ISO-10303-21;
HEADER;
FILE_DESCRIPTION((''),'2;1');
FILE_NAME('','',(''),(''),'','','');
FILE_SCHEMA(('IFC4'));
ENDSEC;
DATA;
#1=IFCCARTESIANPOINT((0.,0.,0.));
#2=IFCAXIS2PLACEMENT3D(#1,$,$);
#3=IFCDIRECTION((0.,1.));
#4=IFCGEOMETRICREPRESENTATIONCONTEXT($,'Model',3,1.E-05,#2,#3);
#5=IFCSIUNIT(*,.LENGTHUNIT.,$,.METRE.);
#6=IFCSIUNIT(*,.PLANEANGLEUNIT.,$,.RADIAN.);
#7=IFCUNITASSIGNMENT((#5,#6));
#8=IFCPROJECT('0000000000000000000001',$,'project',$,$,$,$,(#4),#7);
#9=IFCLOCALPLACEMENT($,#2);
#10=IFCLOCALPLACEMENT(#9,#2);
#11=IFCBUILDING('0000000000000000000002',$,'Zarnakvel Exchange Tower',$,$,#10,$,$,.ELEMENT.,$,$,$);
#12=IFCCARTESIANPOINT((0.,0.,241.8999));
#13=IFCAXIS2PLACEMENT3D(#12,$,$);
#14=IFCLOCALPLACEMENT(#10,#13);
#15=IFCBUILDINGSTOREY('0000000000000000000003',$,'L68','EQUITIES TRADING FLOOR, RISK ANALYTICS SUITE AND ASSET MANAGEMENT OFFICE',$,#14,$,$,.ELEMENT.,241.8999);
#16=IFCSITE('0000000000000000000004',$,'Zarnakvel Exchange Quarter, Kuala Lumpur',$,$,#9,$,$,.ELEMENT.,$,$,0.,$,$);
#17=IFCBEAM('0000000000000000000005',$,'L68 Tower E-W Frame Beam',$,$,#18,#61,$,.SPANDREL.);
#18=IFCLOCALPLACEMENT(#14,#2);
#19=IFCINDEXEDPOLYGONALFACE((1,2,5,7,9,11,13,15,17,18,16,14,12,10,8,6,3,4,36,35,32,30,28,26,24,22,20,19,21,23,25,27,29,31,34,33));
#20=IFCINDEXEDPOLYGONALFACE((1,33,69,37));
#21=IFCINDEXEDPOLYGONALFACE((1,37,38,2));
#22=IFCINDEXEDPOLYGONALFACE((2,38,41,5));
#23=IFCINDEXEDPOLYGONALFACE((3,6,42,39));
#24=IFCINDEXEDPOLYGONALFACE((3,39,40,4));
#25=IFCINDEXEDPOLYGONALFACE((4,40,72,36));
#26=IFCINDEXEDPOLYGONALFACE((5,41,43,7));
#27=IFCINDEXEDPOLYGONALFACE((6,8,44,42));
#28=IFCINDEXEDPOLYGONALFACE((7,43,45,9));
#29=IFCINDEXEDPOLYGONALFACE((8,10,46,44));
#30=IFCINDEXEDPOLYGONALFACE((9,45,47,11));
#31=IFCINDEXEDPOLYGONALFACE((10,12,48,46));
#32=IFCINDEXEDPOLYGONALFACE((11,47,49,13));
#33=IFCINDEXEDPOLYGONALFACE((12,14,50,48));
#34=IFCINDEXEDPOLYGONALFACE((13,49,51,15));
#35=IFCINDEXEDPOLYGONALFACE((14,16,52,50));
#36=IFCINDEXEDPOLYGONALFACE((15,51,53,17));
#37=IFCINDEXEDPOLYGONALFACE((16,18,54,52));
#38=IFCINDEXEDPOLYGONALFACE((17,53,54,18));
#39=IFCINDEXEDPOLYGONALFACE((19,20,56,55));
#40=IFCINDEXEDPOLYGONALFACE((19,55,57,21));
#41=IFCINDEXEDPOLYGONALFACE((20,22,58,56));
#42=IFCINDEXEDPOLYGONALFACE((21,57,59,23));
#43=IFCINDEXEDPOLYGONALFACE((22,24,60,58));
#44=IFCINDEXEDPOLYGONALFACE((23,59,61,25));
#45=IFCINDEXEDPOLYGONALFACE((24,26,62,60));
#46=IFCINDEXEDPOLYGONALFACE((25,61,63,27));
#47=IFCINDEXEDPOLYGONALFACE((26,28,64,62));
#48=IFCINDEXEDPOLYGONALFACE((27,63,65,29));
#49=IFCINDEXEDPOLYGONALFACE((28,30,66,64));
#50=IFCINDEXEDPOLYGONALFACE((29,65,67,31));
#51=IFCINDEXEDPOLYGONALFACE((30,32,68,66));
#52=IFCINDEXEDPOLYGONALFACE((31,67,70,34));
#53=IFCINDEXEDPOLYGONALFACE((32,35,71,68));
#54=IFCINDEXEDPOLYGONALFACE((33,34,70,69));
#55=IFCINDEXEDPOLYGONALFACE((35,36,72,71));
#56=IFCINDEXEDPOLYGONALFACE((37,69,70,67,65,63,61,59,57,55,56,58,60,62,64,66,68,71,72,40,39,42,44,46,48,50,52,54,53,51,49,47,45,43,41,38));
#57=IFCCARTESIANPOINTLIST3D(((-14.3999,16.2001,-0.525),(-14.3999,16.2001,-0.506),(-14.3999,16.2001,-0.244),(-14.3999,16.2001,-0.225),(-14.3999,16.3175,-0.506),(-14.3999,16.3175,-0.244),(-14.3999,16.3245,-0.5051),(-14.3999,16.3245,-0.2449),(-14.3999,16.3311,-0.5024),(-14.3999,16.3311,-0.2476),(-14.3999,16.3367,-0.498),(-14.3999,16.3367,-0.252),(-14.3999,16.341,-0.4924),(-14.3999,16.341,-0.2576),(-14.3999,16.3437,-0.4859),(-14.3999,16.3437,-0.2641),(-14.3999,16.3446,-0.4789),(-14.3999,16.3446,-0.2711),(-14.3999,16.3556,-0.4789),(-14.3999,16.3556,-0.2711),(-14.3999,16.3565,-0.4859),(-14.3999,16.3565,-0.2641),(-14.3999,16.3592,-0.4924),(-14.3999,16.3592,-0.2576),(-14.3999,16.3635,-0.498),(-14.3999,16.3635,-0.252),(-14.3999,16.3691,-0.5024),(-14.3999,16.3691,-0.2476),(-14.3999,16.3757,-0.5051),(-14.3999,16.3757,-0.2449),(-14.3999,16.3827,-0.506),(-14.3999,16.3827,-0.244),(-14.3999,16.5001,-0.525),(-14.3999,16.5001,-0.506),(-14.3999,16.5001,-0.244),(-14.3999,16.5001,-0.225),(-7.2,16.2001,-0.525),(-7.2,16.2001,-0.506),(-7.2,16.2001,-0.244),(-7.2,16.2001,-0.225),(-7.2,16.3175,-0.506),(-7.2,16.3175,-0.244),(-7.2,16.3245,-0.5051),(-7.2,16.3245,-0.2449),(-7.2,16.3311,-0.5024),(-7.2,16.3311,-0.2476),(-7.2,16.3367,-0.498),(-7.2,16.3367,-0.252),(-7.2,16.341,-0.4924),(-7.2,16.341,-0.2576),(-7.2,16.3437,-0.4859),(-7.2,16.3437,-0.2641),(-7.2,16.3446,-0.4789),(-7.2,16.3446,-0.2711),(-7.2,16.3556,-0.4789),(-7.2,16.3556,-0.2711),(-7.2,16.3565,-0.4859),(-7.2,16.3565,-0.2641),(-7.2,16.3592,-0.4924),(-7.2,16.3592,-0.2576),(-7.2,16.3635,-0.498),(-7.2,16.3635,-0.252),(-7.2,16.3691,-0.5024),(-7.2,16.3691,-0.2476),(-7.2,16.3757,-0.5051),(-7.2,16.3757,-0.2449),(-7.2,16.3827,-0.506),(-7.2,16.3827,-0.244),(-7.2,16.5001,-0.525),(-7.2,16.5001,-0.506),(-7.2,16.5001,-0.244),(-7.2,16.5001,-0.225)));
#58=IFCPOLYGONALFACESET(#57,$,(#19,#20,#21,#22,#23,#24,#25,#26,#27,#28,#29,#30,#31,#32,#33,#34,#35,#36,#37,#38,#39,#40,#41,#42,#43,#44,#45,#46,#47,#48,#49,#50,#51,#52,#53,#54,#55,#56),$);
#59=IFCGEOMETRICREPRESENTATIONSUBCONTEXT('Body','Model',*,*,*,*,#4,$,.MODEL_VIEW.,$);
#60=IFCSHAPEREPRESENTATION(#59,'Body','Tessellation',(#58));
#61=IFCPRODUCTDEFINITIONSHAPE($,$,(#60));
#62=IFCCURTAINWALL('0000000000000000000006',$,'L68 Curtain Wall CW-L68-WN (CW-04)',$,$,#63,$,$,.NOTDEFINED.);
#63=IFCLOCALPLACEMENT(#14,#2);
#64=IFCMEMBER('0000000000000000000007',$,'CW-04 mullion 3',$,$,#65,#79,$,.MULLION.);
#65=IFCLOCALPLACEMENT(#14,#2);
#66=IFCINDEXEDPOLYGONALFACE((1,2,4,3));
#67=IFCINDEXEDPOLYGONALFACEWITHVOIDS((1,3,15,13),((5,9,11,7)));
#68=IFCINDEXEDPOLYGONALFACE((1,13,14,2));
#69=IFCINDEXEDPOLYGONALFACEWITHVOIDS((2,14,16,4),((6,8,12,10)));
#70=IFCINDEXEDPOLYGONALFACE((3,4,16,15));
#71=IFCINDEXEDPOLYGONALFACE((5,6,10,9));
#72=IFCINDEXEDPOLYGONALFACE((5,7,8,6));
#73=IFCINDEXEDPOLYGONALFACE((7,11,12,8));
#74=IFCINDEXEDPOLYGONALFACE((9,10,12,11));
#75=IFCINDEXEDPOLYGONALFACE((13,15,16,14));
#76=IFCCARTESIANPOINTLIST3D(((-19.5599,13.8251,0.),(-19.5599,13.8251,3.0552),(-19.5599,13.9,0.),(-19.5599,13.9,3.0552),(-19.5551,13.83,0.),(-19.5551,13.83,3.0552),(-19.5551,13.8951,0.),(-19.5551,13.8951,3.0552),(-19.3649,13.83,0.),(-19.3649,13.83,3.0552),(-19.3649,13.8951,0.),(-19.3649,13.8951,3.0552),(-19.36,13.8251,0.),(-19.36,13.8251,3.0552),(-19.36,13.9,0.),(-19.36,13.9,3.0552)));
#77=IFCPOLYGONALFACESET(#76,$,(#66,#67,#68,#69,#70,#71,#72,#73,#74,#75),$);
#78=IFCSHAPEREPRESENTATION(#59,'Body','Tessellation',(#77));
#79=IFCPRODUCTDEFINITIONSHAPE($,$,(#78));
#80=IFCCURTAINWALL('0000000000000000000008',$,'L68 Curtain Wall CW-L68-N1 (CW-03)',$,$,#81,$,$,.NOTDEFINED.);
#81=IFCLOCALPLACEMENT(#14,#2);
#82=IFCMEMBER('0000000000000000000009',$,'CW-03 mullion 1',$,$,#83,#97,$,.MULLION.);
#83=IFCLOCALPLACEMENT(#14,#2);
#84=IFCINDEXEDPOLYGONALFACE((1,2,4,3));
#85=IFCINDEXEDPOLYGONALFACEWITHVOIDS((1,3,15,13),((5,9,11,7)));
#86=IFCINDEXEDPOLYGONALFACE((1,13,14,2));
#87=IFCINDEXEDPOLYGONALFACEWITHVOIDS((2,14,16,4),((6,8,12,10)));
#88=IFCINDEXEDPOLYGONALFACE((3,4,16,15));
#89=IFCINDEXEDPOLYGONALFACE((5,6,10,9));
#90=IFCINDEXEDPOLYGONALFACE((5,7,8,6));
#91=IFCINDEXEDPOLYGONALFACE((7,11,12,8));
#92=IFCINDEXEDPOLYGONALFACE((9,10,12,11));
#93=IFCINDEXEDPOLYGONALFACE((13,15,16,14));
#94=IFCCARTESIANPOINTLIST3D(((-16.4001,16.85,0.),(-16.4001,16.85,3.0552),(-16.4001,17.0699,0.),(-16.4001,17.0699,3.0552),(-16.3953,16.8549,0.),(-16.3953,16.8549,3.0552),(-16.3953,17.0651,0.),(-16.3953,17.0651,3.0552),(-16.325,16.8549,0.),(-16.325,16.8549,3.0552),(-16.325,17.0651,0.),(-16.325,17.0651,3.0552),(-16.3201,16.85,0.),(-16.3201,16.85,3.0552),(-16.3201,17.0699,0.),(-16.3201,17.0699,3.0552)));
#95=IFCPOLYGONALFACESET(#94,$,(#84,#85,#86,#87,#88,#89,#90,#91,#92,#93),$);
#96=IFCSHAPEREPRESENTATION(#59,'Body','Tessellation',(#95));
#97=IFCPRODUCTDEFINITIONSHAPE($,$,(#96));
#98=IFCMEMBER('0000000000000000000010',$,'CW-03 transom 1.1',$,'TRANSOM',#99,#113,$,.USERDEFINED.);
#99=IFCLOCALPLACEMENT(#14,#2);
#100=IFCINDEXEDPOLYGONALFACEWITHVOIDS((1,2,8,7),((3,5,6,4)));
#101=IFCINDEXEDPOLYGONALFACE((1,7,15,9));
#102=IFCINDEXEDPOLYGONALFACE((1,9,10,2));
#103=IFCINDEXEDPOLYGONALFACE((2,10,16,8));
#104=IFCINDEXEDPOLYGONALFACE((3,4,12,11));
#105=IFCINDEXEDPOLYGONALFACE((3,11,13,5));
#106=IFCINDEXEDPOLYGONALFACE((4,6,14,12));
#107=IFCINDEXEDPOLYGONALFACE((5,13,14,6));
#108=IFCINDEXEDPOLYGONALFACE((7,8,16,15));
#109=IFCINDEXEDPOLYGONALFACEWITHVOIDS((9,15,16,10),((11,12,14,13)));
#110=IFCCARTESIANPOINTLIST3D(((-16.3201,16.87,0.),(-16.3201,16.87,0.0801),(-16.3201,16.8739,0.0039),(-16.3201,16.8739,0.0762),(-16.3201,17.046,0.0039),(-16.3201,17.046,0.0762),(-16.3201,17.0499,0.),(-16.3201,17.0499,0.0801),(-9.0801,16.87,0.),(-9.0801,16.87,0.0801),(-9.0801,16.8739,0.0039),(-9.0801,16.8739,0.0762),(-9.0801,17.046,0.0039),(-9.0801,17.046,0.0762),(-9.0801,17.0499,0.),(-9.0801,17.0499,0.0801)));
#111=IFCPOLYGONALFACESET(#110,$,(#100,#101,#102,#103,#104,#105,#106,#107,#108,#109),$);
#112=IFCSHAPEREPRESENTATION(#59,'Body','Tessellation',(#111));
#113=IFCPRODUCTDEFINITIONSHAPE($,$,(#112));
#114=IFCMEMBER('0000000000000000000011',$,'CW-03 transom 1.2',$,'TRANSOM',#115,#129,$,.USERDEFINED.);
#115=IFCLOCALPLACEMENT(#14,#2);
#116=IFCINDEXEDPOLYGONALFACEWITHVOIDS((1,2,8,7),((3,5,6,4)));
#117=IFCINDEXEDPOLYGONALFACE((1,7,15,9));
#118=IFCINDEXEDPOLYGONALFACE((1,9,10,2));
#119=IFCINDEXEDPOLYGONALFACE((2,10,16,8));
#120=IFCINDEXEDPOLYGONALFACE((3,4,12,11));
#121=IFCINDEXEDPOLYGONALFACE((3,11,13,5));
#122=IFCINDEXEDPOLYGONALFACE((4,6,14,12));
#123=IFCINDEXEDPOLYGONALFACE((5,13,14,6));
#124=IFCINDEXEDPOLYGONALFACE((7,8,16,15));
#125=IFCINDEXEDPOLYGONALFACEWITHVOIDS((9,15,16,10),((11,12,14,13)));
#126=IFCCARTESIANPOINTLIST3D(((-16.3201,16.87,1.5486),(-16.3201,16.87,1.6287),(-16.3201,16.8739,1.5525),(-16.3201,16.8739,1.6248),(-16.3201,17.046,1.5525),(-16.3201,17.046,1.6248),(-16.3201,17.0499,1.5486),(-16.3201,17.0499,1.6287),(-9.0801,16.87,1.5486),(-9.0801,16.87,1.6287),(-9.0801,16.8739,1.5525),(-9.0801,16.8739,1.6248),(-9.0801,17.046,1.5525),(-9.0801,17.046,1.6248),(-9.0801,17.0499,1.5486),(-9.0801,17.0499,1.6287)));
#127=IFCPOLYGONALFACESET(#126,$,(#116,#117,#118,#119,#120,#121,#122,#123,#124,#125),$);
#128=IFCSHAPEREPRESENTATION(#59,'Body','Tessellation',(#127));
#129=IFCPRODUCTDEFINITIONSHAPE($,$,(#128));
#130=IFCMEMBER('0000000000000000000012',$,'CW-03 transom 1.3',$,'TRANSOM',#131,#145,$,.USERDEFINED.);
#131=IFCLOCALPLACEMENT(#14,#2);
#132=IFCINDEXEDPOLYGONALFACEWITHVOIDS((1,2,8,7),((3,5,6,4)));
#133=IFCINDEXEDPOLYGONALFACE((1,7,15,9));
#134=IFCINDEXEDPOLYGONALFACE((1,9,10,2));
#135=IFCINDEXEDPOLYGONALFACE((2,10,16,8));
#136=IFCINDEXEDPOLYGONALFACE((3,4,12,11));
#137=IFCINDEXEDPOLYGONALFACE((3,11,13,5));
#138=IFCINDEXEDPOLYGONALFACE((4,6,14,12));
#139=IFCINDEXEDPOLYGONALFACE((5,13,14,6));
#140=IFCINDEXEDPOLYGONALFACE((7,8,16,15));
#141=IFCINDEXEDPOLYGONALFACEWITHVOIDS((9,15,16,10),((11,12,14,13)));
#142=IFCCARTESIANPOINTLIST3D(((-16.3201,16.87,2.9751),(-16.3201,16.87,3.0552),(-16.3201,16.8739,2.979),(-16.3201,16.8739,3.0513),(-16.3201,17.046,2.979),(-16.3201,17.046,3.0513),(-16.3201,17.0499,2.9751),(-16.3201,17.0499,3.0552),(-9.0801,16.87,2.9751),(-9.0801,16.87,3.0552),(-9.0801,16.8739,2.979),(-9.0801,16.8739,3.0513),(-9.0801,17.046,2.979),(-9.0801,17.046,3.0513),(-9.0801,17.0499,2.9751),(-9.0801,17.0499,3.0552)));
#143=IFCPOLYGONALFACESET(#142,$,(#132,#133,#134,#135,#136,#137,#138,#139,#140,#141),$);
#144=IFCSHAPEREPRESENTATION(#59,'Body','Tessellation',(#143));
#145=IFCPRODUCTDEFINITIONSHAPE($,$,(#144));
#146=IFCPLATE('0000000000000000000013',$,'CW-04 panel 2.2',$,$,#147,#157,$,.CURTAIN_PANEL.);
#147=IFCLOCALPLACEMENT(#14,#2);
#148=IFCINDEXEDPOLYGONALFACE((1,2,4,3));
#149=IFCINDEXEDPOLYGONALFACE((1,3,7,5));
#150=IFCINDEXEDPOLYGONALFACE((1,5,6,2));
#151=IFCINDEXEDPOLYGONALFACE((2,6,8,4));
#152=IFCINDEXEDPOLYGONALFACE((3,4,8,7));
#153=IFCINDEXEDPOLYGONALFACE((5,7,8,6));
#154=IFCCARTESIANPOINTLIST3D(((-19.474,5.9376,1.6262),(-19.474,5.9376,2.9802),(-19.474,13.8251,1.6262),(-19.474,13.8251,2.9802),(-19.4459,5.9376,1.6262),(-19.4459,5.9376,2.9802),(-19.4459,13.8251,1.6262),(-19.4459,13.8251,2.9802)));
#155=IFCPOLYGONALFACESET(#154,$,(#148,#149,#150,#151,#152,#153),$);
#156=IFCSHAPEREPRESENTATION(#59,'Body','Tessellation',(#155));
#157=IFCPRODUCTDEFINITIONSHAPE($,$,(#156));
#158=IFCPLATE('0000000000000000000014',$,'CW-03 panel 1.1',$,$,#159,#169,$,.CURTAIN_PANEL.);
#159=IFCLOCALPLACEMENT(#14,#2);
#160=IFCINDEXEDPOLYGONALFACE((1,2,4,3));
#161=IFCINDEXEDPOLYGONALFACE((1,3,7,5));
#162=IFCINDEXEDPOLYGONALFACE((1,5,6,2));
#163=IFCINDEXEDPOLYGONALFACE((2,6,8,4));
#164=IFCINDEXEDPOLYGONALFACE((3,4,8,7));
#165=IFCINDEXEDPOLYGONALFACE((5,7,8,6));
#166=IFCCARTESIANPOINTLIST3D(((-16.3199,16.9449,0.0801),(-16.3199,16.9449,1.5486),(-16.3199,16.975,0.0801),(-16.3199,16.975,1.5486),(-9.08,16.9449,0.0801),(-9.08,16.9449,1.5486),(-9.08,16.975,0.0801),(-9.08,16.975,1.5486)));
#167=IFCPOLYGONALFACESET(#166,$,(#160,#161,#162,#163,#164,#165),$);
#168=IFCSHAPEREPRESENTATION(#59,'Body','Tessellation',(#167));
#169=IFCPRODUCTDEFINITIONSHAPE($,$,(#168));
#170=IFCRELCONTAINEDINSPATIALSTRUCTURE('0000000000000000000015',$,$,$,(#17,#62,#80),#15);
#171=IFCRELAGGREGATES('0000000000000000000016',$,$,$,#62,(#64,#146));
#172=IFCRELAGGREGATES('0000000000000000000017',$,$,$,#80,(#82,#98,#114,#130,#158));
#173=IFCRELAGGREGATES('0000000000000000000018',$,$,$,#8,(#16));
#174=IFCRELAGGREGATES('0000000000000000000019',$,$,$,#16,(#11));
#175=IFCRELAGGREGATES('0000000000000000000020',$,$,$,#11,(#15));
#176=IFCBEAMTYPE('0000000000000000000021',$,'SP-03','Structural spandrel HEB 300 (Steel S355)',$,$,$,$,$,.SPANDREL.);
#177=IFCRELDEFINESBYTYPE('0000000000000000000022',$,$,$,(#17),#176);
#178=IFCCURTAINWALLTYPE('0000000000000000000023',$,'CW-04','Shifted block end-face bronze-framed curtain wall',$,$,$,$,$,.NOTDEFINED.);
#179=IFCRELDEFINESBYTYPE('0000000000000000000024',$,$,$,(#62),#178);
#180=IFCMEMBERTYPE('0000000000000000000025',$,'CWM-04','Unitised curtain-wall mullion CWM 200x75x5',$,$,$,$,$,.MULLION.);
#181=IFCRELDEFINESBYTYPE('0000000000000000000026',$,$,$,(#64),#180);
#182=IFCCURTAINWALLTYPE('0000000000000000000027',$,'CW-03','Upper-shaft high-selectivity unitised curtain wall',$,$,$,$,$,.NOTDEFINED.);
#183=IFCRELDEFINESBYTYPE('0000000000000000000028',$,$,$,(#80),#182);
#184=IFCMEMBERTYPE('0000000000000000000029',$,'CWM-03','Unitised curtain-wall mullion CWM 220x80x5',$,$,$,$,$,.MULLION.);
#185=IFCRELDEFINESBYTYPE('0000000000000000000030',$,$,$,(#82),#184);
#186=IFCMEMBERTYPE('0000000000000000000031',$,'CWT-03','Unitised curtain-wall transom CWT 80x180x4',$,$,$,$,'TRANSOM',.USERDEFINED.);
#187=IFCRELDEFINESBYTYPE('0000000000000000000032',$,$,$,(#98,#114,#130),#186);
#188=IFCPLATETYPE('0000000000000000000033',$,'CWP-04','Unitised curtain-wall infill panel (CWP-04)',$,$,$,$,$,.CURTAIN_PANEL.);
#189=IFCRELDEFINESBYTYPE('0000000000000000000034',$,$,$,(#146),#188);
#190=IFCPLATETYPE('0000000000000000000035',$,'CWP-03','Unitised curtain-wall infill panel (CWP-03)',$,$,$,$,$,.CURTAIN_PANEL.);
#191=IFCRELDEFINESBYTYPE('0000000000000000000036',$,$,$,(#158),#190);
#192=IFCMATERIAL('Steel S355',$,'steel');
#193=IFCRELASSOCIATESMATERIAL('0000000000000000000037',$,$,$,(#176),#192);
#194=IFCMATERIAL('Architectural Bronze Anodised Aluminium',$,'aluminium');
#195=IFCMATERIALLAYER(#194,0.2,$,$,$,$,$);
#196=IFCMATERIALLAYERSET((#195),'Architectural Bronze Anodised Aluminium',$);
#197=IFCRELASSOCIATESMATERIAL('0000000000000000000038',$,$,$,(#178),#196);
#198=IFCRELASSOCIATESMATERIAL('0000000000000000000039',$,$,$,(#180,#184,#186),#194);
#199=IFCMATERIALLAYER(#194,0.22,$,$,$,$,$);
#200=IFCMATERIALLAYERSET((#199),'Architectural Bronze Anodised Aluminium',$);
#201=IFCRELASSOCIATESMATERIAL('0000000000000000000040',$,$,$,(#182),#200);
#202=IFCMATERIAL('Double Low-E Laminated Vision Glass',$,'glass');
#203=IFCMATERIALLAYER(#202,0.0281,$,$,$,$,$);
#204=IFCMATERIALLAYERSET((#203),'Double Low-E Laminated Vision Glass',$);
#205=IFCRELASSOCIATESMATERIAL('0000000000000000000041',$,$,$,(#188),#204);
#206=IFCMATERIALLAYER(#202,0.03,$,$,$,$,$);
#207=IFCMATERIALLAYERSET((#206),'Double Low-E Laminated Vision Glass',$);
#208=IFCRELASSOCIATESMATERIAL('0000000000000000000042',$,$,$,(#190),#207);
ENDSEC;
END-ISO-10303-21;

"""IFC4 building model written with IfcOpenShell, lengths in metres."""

from ifc_helpers import new_model, si_unit, direction, frame, origin, origin_2d, place, context, subcontext, project, spatial, rectangle, hollow_rectangle, i_section, extrude, source, transform, mapped, material, layer, layer_set, material_profile, profile_set, type_object, element, aggregate, save


model = new_model("IFC4")

# Units and contexts
model_context = context("Model", 3, precision=1e-05, world=origin(), true_north=direction((0.0, 1.0)))
body_context = subcontext(model_context, "Body", "Model", "MODEL_VIEW")
ifc_project = project(units=[si_unit("LENGTHUNIT", "METRE"), si_unit("PLANEANGLEUNIT", "RADIAN")], contexts=[model_context])

# Site, building, storey
site_placement = place(None, origin())
site = spatial("IfcSite", under=ifc_project, at=site_placement, Name="Zarnakvel Exchange Quarter, Kuala Lumpur", CompositionType="ELEMENT", RefElevation=0.0)
building_placement = place(site_placement, origin())
building = spatial("IfcBuilding", under=site, at=building_placement, Name="Zarnakvel Exchange Tower", CompositionType="ELEMENT")
storey_placement = place(building_placement, frame((0.0, 0.0, 241.8999)))
storey = spatial("IfcBuildingStorey", under=building, at=storey_placement, Name="L68", Description="EQUITIES TRADING FLOOR, RISK ANALYTICS SUITE AND ASSET MANAGEMENT OFFICE", CompositionType="ELEMENT", Elevation=241.8999)

# Shared definitions
ifc_material_1 = material(Name="Steel S355", Category="steel")

# Beam
ifc_material_profile_1 = material_profile(ifc_material_1, i_section(OverallWidth=0.3, OverallDepth=0.3, WebThickness=0.011, FlangeThickness=0.019, FilletRadius=0.0271, at=origin_2d()))
ifc_profile_set_1 = profile_set([ifc_material_profile_1], Name="Steel S355")
beam_type_1 = type_object("IfcBeamType", Name="SP-03", Description="Structural spandrel HEB 300 (Steel S355)", PredefinedType="SPANDREL", material=ifc_profile_set_1)
beam_1_placement = place(storey_placement, frame((-14.3999, 16.3501, -0.375), z_axis=(1.0, 0.0, 0.0), x_axis=(0.0, 1.0, 0.0)))
element("IfcBeam", 1, at=beam_1_placement, inside=storey, type_object=beam_type_1, Name="L68 Tower E-W Frame Beam", PredefinedType="SPANDREL", context=body_context, shape_type="SweptSolid", body=[
    extrude(i_section(OverallWidth=0.3, OverallDepth=0.3, WebThickness=0.011, FlangeThickness=0.019, FilletRadius=0.0271, at=origin_2d()), origin(), (0.0, 0.0, 1.0), 7.2),
])

# Curtain wall, member
ifc_material_2 = material(Name="Architectural Bronze Anodised Aluminium", Category="aluminium")
ifc_layer_1 = layer(ifc_material_2, 0.2)
ifc_layer_set_1 = layer_set([ifc_layer_1], Name="Architectural Bronze Anodised Aluminium")
curtain_wall_type_1 = type_object("IfcCurtainWallType", Name="CW-04", Description="Shifted block end-face bronze-framed curtain wall", PredefinedType="NOTDEFINED", material=ifc_layer_set_1)
curtain_wall_1_placement = place(storey_placement, origin())
curtain_wall_1 = element("IfcCurtainWall", 2, at=curtain_wall_1_placement, inside=storey, type_object=curtain_wall_type_1, Name="L68 Curtain Wall CW-L68-WN (CW-04)", PredefinedType="NOTDEFINED")
ifc_material_profile_2 = material_profile(ifc_material_2, hollow_rectangle(XDim=0.2, YDim=0.075, WallThickness=0.0049, at=origin_2d()))
ifc_profile_set_2 = profile_set([ifc_material_profile_2], Name="Architectural Bronze Anodised Aluminium")
member_type_1 = type_object("IfcMemberType", Name="CWM-04", Description="Unitised curtain-wall mullion CWM 200x75x5", PredefinedType="MULLION", material=ifc_profile_set_2)
shared_shape_1 = source(origin(), body_context, "Body", "SweptSolid", [
    extrude(hollow_rectangle(XDim=0.2, YDim=0.075, WallThickness=0.0049, at=origin_2d()), origin(), (0.0, 0.0, 1.0), 3.0552),
])
member_1_placement = place(storey_placement, frame((-19.46, 13.8625, 0.0), z_axis=(0.0, 0.0, 1.0), x_axis=(-1.0, 0.0, 0.0)))
member_1 = element("IfcMember", 3, at=member_1_placement, type_object=member_type_1, Name="CW-04 mullion 3", PredefinedType="MULLION", context=body_context, shape_type="MappedRepresentation", body=[
    mapped(shared_shape_1, transform((0.0, 0.0, 0.0), x_axis=(1.0, 0.0, 0.0), y_axis=(0.0, 1.0, 0.0), z_axis=(0.0, 0.0, 1.0), scale=1.0)),
])

# Curtain wall, members
ifc_layer_2 = layer(ifc_material_2, 0.22)
ifc_layer_set_2 = layer_set([ifc_layer_2], Name="Architectural Bronze Anodised Aluminium")
curtain_wall_type_2 = type_object("IfcCurtainWallType", Name="CW-03", Description="Upper-shaft high-selectivity unitised curtain wall", PredefinedType="NOTDEFINED", material=ifc_layer_set_2)
curtain_wall_2_placement = place(storey_placement, origin())
curtain_wall_2 = element("IfcCurtainWall", 4, at=curtain_wall_2_placement, inside=storey, type_object=curtain_wall_type_2, Name="L68 Curtain Wall CW-L68-N1 (CW-03)", PredefinedType="NOTDEFINED")
ifc_material_profile_3 = material_profile(ifc_material_2, hollow_rectangle(XDim=0.22, YDim=0.0801, WallThickness=0.0049, at=origin_2d()))
ifc_profile_set_3 = profile_set([ifc_material_profile_3], Name="Architectural Bronze Anodised Aluminium")
member_type_2 = type_object("IfcMemberType", Name="CWM-03", Description="Unitised curtain-wall mullion CWM 220x80x5", PredefinedType="MULLION", material=ifc_profile_set_3)
shared_shape_2 = source(origin(), body_context, "Body", "SweptSolid", [
    extrude(hollow_rectangle(XDim=0.22, YDim=0.0801, WallThickness=0.0049, at=origin_2d()), origin(), (0.0, 0.0, 1.0), 3.0552),
])
member_2_placement = place(storey_placement, frame((-16.3601, 16.96, 0.0), z_axis=(0.0, 0.0, 1.0), x_axis=(0.0, 1.0, 0.0)))
member_2 = element("IfcMember", 5, at=member_2_placement, type_object=member_type_2, Name="CW-03 mullion 1", PredefinedType="MULLION", context=body_context, shape_type="MappedRepresentation", body=[
    mapped(shared_shape_2, transform((0.0, 0.0, 0.0), x_axis=(1.0, 0.0, 0.0), y_axis=(0.0, 1.0, 0.0), z_axis=(0.0, 0.0, 1.0), scale=1.0)),
])
ifc_material_profile_4 = material_profile(ifc_material_2, hollow_rectangle(XDim=0.1799, YDim=0.0801, WallThickness=0.0039, at=origin_2d()))
ifc_profile_set_4 = profile_set([ifc_material_profile_4], Name="Architectural Bronze Anodised Aluminium")
member_type_3 = type_object("IfcMemberType", Name="CWT-03", Description="Unitised curtain-wall transom CWT 80x180x4", ElementType="TRANSOM", PredefinedType="USERDEFINED", material=ifc_profile_set_4)
shared_shape_3 = source(origin(), body_context, "Body", "SweptSolid", [
    extrude(hollow_rectangle(XDim=0.1799, YDim=0.0801, WallThickness=0.0039, at=origin_2d()), origin(), (0.0, 0.0, 1.0), 7.24),
])
member_3_placement = place(storey_placement, frame((-16.3201, 16.96, 0.04), z_axis=(1.0, 0.0, 0.0), x_axis=(0.0, 1.0, 0.0)))
member_3 = element("IfcMember", 6, at=member_3_placement, type_object=member_type_3, Name="CW-03 transom 1.1", ObjectType="TRANSOM", PredefinedType="USERDEFINED", context=body_context, shape_type="MappedRepresentation", body=[
    mapped(shared_shape_3, transform((0.0, 0.0, 0.0), x_axis=(1.0, 0.0, 0.0), y_axis=(0.0, 1.0, 0.0), z_axis=(0.0, 0.0, 1.0), scale=1.0)),
])
member_4_placement = place(storey_placement, frame((-16.3201, 16.96, 1.5886), z_axis=(1.0, 0.0, 0.0), x_axis=(0.0, 1.0, 0.0)))
member_4 = element("IfcMember", 7, at=member_4_placement, type_object=member_type_3, Name="CW-03 transom 1.2", ObjectType="TRANSOM", PredefinedType="USERDEFINED", context=body_context, shape_type="MappedRepresentation", body=[
    mapped(shared_shape_3, transform((0.0, 0.0, 0.0), x_axis=(1.0, 0.0, 0.0), y_axis=(0.0, 1.0, 0.0), z_axis=(0.0, 0.0, 1.0), scale=1.0)),
])
member_5_placement = place(storey_placement, frame((-16.3201, 16.96, 3.0151), z_axis=(1.0, 0.0, 0.0), x_axis=(0.0, 1.0, 0.0)))
member_5 = element("IfcMember", 8, at=member_5_placement, type_object=member_type_3, Name="CW-03 transom 1.3", ObjectType="TRANSOM", PredefinedType="USERDEFINED", context=body_context, shape_type="MappedRepresentation", body=[
    mapped(shared_shape_3, transform((0.0, 0.0, 0.0), x_axis=(1.0, 0.0, 0.0), y_axis=(0.0, 1.0, 0.0), z_axis=(0.0, 0.0, 1.0), scale=1.0)),
])

# Plates
ifc_material_3 = material(Name="Double Low-E Laminated Vision Glass", Category="glass")
ifc_layer_3 = layer(ifc_material_3, 0.0281)
ifc_layer_set_3 = layer_set([ifc_layer_3], Name="Double Low-E Laminated Vision Glass")
plate_type_1 = type_object("IfcPlateType", Name="CWP-04", Description="Unitised curtain-wall infill panel (CWP-04)", PredefinedType="CURTAIN_PANEL", material=ifc_layer_set_3)
shared_shape_4 = source(origin(), body_context, "Body", "SweptSolid", [
    extrude(rectangle(XDim=7.8875, YDim=0.0281, at=origin_2d()), origin(), (0.0, 0.0, 1.0), 1.354),
])
plate_1_placement = place(storey_placement, frame((-19.46, 9.8813, 1.6262), z_axis=(0.0, 0.0, 1.0), x_axis=(0.0, 1.0, 0.0)))
plate_1 = element("IfcPlate", 9, at=plate_1_placement, type_object=plate_type_1, Name="CW-04 panel 2.2", PredefinedType="CURTAIN_PANEL", context=body_context, shape_type="MappedRepresentation", body=[
    mapped(shared_shape_4, transform((0.0, 0.0, 0.0), x_axis=(1.0, 0.0, 0.0), y_axis=(0.0, 1.0, 0.0), z_axis=(0.0, 0.0, 1.0), scale=1.0)),
])
aggregate(curtain_wall_1, [member_1, plate_1])
ifc_layer_4 = layer(ifc_material_3, 0.03)
ifc_layer_set_4 = layer_set([ifc_layer_4], Name="Double Low-E Laminated Vision Glass")
plate_type_2 = type_object("IfcPlateType", Name="CWP-03", Description="Unitised curtain-wall infill panel (CWP-03)", PredefinedType="CURTAIN_PANEL", material=ifc_layer_set_4)
shared_shape_5 = source(origin(), body_context, "Body", "SweptSolid", [
    extrude(rectangle(XDim=7.24, YDim=0.03, at=origin_2d()), origin(), (0.0, 0.0, 1.0), 1.4685),
])
plate_2_placement = place(storey_placement, frame((-12.7, 16.96, 0.0801), z_axis=(0.0, 0.0, 1.0), x_axis=(1.0, 0.0, 0.0)))
plate_2 = element("IfcPlate", 10, at=plate_2_placement, type_object=plate_type_2, Name="CW-03 panel 1.1", PredefinedType="CURTAIN_PANEL", context=body_context, shape_type="MappedRepresentation", body=[
    mapped(shared_shape_5, transform((0.0, 0.0, 0.0), x_axis=(1.0, 0.0, 0.0), y_axis=(0.0, 1.0, 0.0), z_axis=(0.0, 0.0, 1.0), scale=1.0)),
])
aggregate(curtain_wall_2, [member_2, member_3, member_4, member_5, plate_2])

save(model, "model.ifc")
